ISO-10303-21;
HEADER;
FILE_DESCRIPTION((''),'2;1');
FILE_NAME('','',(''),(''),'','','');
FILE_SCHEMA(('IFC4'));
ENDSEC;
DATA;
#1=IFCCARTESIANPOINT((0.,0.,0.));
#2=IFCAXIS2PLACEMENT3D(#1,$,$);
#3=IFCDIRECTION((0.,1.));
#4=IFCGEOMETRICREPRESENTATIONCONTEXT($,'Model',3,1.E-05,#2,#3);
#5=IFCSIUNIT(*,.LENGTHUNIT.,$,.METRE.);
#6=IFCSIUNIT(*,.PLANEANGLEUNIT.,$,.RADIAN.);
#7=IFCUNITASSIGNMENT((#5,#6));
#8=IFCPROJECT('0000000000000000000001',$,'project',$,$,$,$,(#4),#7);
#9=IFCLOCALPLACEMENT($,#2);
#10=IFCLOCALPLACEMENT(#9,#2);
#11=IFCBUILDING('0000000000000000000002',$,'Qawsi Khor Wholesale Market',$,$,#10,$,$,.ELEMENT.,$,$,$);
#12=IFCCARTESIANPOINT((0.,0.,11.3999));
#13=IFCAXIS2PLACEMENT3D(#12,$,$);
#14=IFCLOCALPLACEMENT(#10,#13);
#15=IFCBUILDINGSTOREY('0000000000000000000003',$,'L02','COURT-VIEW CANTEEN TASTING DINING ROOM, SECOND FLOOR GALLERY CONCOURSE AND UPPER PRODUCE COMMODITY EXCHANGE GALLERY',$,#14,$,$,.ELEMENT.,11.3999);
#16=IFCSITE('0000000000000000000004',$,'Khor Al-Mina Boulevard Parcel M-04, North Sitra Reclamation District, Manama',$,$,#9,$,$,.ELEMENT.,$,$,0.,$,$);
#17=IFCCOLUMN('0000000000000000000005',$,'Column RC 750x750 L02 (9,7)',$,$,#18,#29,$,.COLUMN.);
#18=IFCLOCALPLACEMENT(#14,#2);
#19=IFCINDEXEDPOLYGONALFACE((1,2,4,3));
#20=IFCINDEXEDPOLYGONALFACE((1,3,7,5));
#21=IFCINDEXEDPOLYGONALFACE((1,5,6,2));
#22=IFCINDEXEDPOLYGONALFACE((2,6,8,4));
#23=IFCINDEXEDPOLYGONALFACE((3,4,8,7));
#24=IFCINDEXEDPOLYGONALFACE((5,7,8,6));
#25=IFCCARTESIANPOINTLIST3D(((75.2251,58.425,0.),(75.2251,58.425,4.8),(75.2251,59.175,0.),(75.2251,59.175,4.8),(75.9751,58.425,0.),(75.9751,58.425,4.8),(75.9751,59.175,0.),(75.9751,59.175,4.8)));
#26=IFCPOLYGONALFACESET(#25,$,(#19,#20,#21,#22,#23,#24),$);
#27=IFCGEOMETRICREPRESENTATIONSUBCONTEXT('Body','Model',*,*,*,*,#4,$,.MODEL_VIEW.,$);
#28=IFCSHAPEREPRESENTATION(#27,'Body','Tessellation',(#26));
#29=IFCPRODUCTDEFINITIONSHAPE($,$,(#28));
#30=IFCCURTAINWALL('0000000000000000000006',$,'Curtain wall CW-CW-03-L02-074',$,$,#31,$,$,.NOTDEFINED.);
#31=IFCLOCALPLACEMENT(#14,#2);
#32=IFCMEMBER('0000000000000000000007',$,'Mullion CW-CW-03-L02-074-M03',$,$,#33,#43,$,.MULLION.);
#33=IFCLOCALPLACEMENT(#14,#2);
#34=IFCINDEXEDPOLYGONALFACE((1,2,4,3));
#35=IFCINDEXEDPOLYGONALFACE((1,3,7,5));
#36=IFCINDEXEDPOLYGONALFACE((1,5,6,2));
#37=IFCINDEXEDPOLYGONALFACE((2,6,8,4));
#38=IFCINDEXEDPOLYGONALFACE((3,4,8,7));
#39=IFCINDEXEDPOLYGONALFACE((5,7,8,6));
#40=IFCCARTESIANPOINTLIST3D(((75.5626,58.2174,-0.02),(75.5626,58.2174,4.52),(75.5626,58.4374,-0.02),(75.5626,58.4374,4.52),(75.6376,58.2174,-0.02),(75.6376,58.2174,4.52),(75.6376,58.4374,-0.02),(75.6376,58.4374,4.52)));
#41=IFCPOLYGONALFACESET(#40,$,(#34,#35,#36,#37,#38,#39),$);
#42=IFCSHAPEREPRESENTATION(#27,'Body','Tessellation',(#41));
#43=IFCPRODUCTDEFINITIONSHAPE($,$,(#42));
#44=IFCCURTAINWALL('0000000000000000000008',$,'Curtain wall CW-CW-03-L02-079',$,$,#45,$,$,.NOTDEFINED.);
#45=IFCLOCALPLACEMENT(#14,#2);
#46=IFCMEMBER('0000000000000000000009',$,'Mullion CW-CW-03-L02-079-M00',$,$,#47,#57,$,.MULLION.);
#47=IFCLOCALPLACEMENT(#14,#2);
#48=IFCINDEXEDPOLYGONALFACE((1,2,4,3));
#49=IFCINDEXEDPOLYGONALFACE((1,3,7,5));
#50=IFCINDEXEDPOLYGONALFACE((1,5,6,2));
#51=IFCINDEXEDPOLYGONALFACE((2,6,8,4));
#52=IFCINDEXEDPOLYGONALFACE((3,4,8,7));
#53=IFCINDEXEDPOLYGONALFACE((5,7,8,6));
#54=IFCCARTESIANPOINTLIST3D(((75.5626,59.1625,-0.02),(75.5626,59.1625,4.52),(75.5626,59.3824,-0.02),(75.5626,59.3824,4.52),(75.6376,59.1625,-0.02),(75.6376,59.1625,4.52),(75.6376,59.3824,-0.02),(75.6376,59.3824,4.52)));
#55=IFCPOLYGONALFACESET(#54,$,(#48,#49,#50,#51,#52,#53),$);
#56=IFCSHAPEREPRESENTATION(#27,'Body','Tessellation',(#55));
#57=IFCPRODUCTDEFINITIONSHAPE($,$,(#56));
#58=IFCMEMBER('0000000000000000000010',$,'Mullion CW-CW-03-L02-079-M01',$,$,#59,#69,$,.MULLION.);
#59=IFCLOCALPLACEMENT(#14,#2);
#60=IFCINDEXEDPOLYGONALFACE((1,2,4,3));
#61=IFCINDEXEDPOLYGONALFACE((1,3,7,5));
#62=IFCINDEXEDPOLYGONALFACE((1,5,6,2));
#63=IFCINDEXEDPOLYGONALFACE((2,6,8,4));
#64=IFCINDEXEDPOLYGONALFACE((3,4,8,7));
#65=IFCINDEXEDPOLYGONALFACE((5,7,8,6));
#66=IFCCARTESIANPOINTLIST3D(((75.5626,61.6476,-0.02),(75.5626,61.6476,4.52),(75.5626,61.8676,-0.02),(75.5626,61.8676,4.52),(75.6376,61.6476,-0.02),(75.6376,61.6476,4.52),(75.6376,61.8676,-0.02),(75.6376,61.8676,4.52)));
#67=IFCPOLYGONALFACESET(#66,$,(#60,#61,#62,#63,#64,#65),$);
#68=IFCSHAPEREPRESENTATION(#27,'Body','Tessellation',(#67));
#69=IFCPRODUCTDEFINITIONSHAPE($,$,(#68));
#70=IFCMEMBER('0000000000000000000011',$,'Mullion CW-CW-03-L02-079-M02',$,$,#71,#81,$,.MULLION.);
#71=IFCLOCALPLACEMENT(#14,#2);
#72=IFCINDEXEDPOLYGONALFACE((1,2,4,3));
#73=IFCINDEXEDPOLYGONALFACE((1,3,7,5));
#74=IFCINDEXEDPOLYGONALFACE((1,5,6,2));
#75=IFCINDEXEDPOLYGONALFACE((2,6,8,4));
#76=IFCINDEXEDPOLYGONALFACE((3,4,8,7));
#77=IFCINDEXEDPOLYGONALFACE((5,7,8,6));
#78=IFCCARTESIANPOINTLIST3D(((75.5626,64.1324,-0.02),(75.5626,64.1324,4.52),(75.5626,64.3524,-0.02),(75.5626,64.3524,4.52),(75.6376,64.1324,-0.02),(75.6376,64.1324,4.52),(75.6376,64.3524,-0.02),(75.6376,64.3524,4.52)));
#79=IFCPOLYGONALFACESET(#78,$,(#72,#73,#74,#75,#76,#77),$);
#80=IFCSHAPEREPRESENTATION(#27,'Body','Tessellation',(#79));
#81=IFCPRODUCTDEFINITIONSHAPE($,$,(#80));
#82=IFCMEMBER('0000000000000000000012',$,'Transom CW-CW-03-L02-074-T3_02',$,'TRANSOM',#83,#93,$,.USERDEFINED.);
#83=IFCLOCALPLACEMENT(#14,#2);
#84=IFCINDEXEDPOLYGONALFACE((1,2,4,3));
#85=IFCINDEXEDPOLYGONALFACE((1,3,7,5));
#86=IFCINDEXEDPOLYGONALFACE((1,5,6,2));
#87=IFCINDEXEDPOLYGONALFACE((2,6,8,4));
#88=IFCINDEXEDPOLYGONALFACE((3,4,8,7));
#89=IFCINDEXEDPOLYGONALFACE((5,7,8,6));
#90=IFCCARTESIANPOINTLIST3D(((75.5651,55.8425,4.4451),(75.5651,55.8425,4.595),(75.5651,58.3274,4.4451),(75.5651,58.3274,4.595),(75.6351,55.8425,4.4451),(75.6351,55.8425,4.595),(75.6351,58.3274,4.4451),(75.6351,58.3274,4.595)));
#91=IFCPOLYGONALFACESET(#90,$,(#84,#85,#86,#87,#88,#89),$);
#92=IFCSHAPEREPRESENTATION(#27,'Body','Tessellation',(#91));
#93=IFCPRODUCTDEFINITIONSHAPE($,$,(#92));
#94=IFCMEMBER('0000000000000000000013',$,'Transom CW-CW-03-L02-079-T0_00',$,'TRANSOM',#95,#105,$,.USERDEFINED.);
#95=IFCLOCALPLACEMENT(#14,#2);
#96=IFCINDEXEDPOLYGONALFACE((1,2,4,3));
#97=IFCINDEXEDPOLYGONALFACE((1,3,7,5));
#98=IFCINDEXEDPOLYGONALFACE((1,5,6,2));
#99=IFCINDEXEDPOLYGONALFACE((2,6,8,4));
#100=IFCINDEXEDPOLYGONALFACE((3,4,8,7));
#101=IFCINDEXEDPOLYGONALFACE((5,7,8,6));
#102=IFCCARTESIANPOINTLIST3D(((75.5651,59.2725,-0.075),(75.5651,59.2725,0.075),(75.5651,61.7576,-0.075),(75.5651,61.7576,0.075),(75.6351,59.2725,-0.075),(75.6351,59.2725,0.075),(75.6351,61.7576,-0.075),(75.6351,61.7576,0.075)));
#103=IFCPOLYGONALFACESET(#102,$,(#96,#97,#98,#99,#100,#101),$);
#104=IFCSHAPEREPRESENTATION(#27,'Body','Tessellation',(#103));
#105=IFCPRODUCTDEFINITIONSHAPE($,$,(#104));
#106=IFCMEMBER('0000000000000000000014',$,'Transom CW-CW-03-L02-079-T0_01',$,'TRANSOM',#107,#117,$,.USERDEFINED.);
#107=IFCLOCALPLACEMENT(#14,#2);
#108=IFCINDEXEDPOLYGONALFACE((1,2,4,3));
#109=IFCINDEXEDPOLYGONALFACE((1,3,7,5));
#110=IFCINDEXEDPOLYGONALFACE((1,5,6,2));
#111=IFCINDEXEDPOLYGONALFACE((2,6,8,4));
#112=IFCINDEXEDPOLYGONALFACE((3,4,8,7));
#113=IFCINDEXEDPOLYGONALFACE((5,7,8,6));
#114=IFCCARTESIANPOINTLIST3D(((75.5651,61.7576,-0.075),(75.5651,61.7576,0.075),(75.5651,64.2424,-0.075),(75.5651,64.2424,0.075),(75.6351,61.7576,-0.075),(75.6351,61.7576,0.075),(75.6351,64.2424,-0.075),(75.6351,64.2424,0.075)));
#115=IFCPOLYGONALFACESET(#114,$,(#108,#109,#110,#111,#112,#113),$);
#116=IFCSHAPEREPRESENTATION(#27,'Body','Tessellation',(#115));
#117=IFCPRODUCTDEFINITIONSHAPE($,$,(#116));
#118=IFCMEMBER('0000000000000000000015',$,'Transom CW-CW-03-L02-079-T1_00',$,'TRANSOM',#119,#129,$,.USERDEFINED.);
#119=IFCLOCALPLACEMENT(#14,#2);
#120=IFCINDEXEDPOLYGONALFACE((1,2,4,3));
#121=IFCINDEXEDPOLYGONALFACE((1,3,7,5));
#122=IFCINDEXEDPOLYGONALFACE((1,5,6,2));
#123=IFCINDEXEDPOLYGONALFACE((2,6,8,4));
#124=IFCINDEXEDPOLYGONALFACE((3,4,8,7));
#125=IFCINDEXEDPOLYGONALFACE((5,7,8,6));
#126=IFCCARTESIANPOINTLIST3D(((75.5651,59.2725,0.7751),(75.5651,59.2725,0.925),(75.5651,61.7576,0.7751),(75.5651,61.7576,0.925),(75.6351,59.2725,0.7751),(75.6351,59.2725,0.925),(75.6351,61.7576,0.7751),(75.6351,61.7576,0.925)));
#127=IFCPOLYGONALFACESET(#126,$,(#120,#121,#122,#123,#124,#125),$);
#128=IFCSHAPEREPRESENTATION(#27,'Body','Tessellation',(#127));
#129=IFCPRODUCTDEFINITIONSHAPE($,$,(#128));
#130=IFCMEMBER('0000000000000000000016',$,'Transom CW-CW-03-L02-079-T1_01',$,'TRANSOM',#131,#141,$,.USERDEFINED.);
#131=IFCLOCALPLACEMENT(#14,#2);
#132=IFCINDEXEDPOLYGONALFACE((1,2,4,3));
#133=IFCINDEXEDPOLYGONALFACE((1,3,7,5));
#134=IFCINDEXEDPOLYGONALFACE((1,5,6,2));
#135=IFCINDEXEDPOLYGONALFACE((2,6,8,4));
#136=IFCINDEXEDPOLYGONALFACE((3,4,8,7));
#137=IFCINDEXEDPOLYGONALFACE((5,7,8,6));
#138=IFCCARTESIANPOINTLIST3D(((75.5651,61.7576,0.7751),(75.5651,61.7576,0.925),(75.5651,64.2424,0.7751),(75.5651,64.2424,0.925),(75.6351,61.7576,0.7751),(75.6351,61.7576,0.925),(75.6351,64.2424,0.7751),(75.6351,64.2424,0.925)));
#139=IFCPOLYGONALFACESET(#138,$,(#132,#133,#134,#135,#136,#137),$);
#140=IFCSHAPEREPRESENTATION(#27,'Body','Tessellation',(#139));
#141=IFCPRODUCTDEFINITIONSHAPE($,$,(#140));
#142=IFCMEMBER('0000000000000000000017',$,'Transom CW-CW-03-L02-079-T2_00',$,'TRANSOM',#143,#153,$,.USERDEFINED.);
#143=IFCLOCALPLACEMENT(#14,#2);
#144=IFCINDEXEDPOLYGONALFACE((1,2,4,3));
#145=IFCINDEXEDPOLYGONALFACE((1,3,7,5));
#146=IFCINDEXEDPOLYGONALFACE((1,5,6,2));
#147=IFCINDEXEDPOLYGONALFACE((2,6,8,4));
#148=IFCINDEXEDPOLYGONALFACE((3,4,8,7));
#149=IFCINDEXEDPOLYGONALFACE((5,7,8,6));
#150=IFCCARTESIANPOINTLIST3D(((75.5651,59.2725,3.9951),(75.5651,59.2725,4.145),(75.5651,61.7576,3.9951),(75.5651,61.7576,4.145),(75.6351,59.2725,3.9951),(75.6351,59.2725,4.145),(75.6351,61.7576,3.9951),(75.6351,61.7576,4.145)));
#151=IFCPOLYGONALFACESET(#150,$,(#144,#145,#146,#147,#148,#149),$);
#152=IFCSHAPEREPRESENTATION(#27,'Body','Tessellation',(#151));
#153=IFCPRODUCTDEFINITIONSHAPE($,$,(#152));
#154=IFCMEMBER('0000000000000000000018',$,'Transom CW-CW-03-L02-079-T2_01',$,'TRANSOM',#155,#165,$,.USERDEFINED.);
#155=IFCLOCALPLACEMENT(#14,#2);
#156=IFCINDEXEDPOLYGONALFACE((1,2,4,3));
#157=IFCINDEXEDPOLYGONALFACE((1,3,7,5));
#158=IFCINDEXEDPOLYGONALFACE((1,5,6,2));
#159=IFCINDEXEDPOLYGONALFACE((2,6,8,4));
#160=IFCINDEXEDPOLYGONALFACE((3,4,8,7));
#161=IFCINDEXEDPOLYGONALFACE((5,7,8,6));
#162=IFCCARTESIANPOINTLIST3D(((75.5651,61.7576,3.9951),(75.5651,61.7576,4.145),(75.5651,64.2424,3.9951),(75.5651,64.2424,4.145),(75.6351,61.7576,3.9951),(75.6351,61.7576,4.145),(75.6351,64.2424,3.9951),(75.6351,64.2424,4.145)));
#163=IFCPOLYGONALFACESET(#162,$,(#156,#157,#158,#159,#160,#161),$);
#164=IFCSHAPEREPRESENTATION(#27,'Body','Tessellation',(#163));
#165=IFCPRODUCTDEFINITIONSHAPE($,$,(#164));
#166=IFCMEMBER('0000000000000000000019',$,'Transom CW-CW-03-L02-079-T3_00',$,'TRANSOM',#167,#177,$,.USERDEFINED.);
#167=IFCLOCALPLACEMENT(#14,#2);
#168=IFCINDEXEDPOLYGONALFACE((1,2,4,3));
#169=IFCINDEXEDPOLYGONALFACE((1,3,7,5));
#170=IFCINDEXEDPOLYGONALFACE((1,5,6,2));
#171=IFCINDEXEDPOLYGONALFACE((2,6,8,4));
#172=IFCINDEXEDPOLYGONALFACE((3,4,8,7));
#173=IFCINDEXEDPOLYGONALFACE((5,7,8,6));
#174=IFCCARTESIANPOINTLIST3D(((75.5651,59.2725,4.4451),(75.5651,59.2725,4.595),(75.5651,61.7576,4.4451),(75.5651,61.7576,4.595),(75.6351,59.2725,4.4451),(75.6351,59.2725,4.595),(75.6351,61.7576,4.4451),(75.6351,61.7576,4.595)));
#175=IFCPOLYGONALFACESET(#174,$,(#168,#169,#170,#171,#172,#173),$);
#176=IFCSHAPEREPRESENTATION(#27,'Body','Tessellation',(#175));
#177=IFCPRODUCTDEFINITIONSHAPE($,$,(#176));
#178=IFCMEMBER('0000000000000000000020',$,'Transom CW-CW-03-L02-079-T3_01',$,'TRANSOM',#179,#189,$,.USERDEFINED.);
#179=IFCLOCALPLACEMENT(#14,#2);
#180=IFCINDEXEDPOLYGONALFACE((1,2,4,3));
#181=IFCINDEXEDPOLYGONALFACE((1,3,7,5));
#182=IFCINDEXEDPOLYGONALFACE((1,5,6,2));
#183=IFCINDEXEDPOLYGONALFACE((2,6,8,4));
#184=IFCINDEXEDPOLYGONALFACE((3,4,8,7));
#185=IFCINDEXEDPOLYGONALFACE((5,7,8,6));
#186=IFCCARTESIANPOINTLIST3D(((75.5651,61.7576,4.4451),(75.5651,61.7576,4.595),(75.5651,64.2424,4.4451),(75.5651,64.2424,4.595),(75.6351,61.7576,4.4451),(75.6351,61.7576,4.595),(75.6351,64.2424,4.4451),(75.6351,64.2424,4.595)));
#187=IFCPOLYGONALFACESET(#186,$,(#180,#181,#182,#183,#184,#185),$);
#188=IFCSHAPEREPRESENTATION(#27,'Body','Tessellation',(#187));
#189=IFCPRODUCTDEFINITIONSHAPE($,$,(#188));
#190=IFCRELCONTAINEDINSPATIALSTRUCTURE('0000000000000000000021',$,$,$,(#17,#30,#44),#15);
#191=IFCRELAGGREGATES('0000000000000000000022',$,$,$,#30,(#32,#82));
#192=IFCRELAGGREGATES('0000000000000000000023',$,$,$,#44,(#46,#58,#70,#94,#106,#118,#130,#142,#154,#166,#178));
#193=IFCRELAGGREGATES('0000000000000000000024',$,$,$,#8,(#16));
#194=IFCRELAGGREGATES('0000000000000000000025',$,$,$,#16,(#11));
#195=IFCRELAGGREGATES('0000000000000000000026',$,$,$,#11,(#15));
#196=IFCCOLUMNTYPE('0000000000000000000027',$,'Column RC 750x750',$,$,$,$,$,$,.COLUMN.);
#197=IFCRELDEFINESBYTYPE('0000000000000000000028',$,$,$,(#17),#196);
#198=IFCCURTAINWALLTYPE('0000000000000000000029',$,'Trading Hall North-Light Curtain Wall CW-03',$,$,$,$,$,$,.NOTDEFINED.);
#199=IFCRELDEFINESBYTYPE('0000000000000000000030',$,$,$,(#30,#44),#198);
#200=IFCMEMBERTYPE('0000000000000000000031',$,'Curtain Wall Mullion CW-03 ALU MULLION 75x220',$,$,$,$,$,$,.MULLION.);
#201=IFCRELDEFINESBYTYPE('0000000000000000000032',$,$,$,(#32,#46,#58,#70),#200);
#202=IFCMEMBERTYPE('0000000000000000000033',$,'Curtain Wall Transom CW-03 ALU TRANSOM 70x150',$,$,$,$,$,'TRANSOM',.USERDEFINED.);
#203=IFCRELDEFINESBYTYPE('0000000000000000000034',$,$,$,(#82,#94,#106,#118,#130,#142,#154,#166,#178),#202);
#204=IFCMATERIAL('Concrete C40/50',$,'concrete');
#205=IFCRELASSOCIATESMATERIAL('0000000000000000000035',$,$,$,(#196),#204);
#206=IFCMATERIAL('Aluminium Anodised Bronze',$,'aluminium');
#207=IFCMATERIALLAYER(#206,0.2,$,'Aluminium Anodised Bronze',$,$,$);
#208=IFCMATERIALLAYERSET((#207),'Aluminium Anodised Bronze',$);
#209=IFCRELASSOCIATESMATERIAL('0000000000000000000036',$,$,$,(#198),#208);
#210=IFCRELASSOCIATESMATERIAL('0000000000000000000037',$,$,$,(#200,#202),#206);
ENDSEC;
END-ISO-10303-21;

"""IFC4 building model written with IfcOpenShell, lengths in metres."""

from ifc_helpers import new_model, si_unit, direction, frame, origin, origin_2d, place, context, subcontext, project, spatial, rectangle, extrude, material, layer, layer_set, material_profile, profile_set, type_object, element, aggregate, save


model = new_model("IFC4")

# Units and contexts
model_context = context("Model", 3, precision=1e-05, world=origin(), true_north=direction((0.0, 1.0)))
body_context = subcontext(model_context, "Body", "Model", "MODEL_VIEW")
ifc_project = project(units=[si_unit("LENGTHUNIT", "METRE"), si_unit("PLANEANGLEUNIT", "RADIAN")], contexts=[model_context])

# Site, building, storey
site_placement = place(None, origin())
site = spatial("IfcSite", under=ifc_project, at=site_placement, Name="Khor Al-Mina Boulevard Parcel M-04, North Sitra Reclamation District, Manama", CompositionType="ELEMENT", RefElevation=0.0)
building_placement = place(site_placement, origin())
building = spatial("IfcBuilding", under=site, at=building_placement, Name="Qawsi Khor Wholesale Market", CompositionType="ELEMENT")
storey_placement = place(building_placement, frame((0.0, 0.0, 11.3999)))
storey = spatial("IfcBuildingStorey", under=building, at=storey_placement, Name="L02", Description="COURT-VIEW CANTEEN TASTING DINING ROOM, SECOND FLOOR GALLERY CONCOURSE AND UPPER PRODUCE COMMODITY EXCHANGE GALLERY", CompositionType="ELEMENT", Elevation=11.3999)

# Column
ifc_material_1 = material(Name="Concrete C40/50", Category="concrete")
ifc_material_profile_1 = material_profile(ifc_material_1, rectangle(XDim=0.75, YDim=0.75, at=origin_2d()), Name="RC 750x750")
ifc_profile_set_1 = profile_set([ifc_material_profile_1], Name="Concrete C40/50")
column_type = type_object("IfcColumnType", Name="Column RC 750x750", PredefinedType="COLUMN", material=ifc_profile_set_1)
column_placement = place(storey_placement, frame((75.6001, 58.8, 0.0), z_axis=(0.0, 0.0, 1.0), x_axis=(1.0, 0.0, 0.0)))
element("IfcColumn", 1, at=column_placement, inside=storey, type_object=column_type, Name="Column RC 750x750 L02 (9,7)", PredefinedType="COLUMN", context=body_context, shape_type="SweptSolid", body=[
    extrude(rectangle(XDim=0.75, YDim=0.75, at=origin_2d()), origin(), (0.0, 0.0, 1.0), 4.8),
])

# Curtain wall, member
ifc_material_2 = material(Name="Aluminium Anodised Bronze", Category="aluminium")
ifc_layer_1 = layer(ifc_material_2, 0.2, Name="Aluminium Anodised Bronze")
ifc_layer_set_1 = layer_set([ifc_layer_1], Name="Aluminium Anodised Bronze")
curtain_wall_type = type_object("IfcCurtainWallType", Name="Trading Hall North-Light Curtain Wall CW-03", PredefinedType="NOTDEFINED", material=ifc_layer_set_1)
curtain_wall_1_placement = place(storey_placement, origin())
curtain_wall_1 = element("IfcCurtainWall", 2, at=curtain_wall_1_placement, inside=storey, type_object=curtain_wall_type, Name="Curtain wall CW-CW-03-L02-074", PredefinedType="NOTDEFINED")
ifc_material_profile_2 = material_profile(ifc_material_2, rectangle(XDim=0.075, YDim=0.22, at=origin_2d()), Name="ALU MULLION 75x220")
ifc_profile_set_2 = profile_set([ifc_material_profile_2], Name="Aluminium Anodised Bronze")
member_type_1 = type_object("IfcMemberType", Name="Curtain Wall Mullion CW-03 ALU MULLION 75x220", PredefinedType="MULLION", material=ifc_profile_set_2)
member_1_placement = place(storey_placement, frame((75.6001, 58.3274, -0.02), z_axis=(0.0, 0.0, 1.0), x_axis=(1.0, 0.0, 0.0)))
member_1 = element("IfcMember", 3, at=member_1_placement, type_object=member_type_1, Name="Mullion CW-CW-03-L02-074-M03", PredefinedType="MULLION", context=body_context, shape_type="SweptSolid", body=[
    extrude(rectangle(XDim=0.075, YDim=0.22, at=origin_2d()), origin(), (0.0, 0.0, 1.0), 4.54),
])

# Curtain wall, members
curtain_wall_2_placement = place(storey_placement, origin())
curtain_wall_2 = element("IfcCurtainWall", 4, at=curtain_wall_2_placement, inside=storey, type_object=curtain_wall_type, Name="Curtain wall CW-CW-03-L02-079", PredefinedType="NOTDEFINED")
member_2_placement = place(storey_placement, frame((75.6001, 59.2725, -0.02), z_axis=(0.0, 0.0, 1.0), x_axis=(1.0, 0.0, 0.0)))
member_2 = element("IfcMember", 5, at=member_2_placement, type_object=member_type_1, Name="Mullion CW-CW-03-L02-079-M00", PredefinedType="MULLION", context=body_context, shape_type="SweptSolid", body=[
    extrude(rectangle(XDim=0.075, YDim=0.22, at=origin_2d()), origin(), (0.0, 0.0, 1.0), 4.54),
])
member_3_placement = place(storey_placement, frame((75.6001, 61.7576, -0.02), z_axis=(0.0, 0.0, 1.0), x_axis=(1.0, 0.0, 0.0)))
member_3 = element("IfcMember", 6, at=member_3_placement, type_object=member_type_1, Name="Mullion CW-CW-03-L02-079-M01", PredefinedType="MULLION", context=body_context, shape_type="SweptSolid", body=[
    extrude(rectangle(XDim=0.075, YDim=0.22, at=origin_2d()), origin(), (0.0, 0.0, 1.0), 4.54),
])
member_4_placement = place(storey_placement, frame((75.6001, 64.2424, -0.02), z_axis=(0.0, 0.0, 1.0), x_axis=(1.0, 0.0, 0.0)))
member_4 = element("IfcMember", 7, at=member_4_placement, type_object=member_type_1, Name="Mullion CW-CW-03-L02-079-M02", PredefinedType="MULLION", context=body_context, shape_type="SweptSolid", body=[
    extrude(rectangle(XDim=0.075, YDim=0.22, at=origin_2d()), origin(), (0.0, 0.0, 1.0), 4.54),
])

# Members
ifc_material_profile_3 = material_profile(ifc_material_2, rectangle(XDim=0.0701, YDim=0.1499, at=origin_2d()), Name="ALU TRANSOM 70x150")
ifc_profile_set_3 = profile_set([ifc_material_profile_3], Name="Aluminium Anodised Bronze")
member_type_2 = type_object("IfcMemberType", Name="Curtain Wall Transom CW-03 ALU TRANSOM 70x150", ElementType="TRANSOM", PredefinedType="USERDEFINED", material=ifc_profile_set_3)
member_5_placement = place(storey_placement, frame((75.6001, 55.8425, 4.52), z_axis=(0.0, 1.0, 0.0), x_axis=(-1.0, 0.0, 0.0)))
member_5 = element("IfcMember", 8, at=member_5_placement, type_object=member_type_2, Name="Transom CW-CW-03-L02-074-T3_02", ObjectType="TRANSOM", PredefinedType="USERDEFINED", context=body_context, shape_type="SweptSolid", body=[
    extrude(rectangle(XDim=0.0701, YDim=0.1499, at=origin_2d()), origin(), (0.0, 0.0, 1.0), 2.4849),
])
member_6_placement = place(storey_placement, frame((75.6001, 59.2725, 0.0), z_axis=(0.0, 1.0, 0.0), x_axis=(-1.0, 0.0, 0.0)))
member_6 = element("IfcMember", 9, at=member_6_placement, type_object=member_type_2, Name="Transom CW-CW-03-L02-079-T0_00", ObjectType="TRANSOM", PredefinedType="USERDEFINED", context=body_context, shape_type="SweptSolid", body=[
    extrude(rectangle(XDim=0.0701, YDim=0.1499, at=origin_2d()), origin(), (0.0, 0.0, 1.0), 2.4851),
])
member_7_placement = place(storey_placement, frame((75.6001, 61.7576, 0.0), z_axis=(0.0, 1.0, 0.0), x_axis=(-1.0, 0.0, 0.0)))
member_7 = element("IfcMember", 10, at=member_7_placement, type_object=member_type_2, Name="Transom CW-CW-03-L02-079-T0_01", ObjectType="TRANSOM", PredefinedType="USERDEFINED", context=body_context, shape_type="SweptSolid", body=[
    extrude(rectangle(XDim=0.0701, YDim=0.1499, at=origin_2d()), origin(), (0.0, 0.0, 1.0), 2.4849),
])
member_8_placement = place(storey_placement, frame((75.6001, 59.2725, 0.8501), z_axis=(0.0, 1.0, 0.0), x_axis=(-1.0, 0.0, 0.0)))
member_8 = element("IfcMember", 11, at=member_8_placement, type_object=member_type_2, Name="Transom CW-CW-03-L02-079-T1_00", ObjectType="TRANSOM", PredefinedType="USERDEFINED", context=body_context, shape_type="SweptSolid", body=[
    extrude(rectangle(XDim=0.0701, YDim=0.1499, at=origin_2d()), origin(), (0.0, 0.0, 1.0), 2.4851),
])
member_9_placement = place(storey_placement, frame((75.6001, 61.7576, 0.8501), z_axis=(0.0, 1.0, 0.0), x_axis=(-1.0, 0.0, 0.0)))
member_9 = element("IfcMember", 12, at=member_9_placement, type_object=member_type_2, Name="Transom CW-CW-03-L02-079-T1_01", ObjectType="TRANSOM", PredefinedType="USERDEFINED", context=body_context, shape_type="SweptSolid", body=[
    extrude(rectangle(XDim=0.0701, YDim=0.1499, at=origin_2d()), origin(), (0.0, 0.0, 1.0), 2.4849),
])
member_10_placement = place(storey_placement, frame((75.6001, 59.2725, 4.0701), z_axis=(0.0, 1.0, 0.0), x_axis=(-1.0, 0.0, 0.0)))
member_10 = element("IfcMember", 13, at=member_10_placement, type_object=member_type_2, Name="Transom CW-CW-03-L02-079-T2_00", ObjectType="TRANSOM", PredefinedType="USERDEFINED", context=body_context, shape_type="SweptSolid", body=[
    extrude(rectangle(XDim=0.0701, YDim=0.1499, at=origin_2d()), origin(), (0.0, 0.0, 1.0), 2.4851),
])
member_11_placement = place(storey_placement, frame((75.6001, 61.7576, 4.0701), z_axis=(0.0, 1.0, 0.0), x_axis=(-1.0, 0.0, 0.0)))
member_11 = element("IfcMember", 14, at=member_11_placement, type_object=member_type_2, Name="Transom CW-CW-03-L02-079-T2_01", ObjectType="TRANSOM", PredefinedType="USERDEFINED", context=body_context, shape_type="SweptSolid", body=[
    extrude(rectangle(XDim=0.0701, YDim=0.1499, at=origin_2d()), origin(), (0.0, 0.0, 1.0), 2.4849),
])
member_12_placement = place(storey_placement, frame((75.6001, 59.2725, 4.52), z_axis=(0.0, 1.0, 0.0), x_axis=(-1.0, 0.0, 0.0)))
member_12 = element("IfcMember", 15, at=member_12_placement, type_object=member_type_2, Name="Transom CW-CW-03-L02-079-T3_00", ObjectType="TRANSOM", PredefinedType="USERDEFINED", context=body_context, shape_type="SweptSolid", body=[
    extrude(rectangle(XDim=0.0701, YDim=0.1499, at=origin_2d()), origin(), (0.0, 0.0, 1.0), 2.4851),
])
member_13_placement = place(storey_placement, frame((75.6001, 61.7576, 4.52), z_axis=(0.0, 1.0, 0.0), x_axis=(-1.0, 0.0, 0.0)))
member_13 = element("IfcMember", 16, at=member_13_placement, type_object=member_type_2, Name="Transom CW-CW-03-L02-079-T3_01", ObjectType="TRANSOM", PredefinedType="USERDEFINED", context=body_context, shape_type="SweptSolid", body=[
    extrude(rectangle(XDim=0.0701, YDim=0.1499, at=origin_2d()), origin(), (0.0, 0.0, 1.0), 2.4849),
])

aggregate(curtain_wall_1, [member_1, member_5])
aggregate(curtain_wall_2, [member_2, member_3, member_4, member_6, member_7, member_8, member_9, member_10, member_11, member_12, member_13])

save(model, "model.ifc")
